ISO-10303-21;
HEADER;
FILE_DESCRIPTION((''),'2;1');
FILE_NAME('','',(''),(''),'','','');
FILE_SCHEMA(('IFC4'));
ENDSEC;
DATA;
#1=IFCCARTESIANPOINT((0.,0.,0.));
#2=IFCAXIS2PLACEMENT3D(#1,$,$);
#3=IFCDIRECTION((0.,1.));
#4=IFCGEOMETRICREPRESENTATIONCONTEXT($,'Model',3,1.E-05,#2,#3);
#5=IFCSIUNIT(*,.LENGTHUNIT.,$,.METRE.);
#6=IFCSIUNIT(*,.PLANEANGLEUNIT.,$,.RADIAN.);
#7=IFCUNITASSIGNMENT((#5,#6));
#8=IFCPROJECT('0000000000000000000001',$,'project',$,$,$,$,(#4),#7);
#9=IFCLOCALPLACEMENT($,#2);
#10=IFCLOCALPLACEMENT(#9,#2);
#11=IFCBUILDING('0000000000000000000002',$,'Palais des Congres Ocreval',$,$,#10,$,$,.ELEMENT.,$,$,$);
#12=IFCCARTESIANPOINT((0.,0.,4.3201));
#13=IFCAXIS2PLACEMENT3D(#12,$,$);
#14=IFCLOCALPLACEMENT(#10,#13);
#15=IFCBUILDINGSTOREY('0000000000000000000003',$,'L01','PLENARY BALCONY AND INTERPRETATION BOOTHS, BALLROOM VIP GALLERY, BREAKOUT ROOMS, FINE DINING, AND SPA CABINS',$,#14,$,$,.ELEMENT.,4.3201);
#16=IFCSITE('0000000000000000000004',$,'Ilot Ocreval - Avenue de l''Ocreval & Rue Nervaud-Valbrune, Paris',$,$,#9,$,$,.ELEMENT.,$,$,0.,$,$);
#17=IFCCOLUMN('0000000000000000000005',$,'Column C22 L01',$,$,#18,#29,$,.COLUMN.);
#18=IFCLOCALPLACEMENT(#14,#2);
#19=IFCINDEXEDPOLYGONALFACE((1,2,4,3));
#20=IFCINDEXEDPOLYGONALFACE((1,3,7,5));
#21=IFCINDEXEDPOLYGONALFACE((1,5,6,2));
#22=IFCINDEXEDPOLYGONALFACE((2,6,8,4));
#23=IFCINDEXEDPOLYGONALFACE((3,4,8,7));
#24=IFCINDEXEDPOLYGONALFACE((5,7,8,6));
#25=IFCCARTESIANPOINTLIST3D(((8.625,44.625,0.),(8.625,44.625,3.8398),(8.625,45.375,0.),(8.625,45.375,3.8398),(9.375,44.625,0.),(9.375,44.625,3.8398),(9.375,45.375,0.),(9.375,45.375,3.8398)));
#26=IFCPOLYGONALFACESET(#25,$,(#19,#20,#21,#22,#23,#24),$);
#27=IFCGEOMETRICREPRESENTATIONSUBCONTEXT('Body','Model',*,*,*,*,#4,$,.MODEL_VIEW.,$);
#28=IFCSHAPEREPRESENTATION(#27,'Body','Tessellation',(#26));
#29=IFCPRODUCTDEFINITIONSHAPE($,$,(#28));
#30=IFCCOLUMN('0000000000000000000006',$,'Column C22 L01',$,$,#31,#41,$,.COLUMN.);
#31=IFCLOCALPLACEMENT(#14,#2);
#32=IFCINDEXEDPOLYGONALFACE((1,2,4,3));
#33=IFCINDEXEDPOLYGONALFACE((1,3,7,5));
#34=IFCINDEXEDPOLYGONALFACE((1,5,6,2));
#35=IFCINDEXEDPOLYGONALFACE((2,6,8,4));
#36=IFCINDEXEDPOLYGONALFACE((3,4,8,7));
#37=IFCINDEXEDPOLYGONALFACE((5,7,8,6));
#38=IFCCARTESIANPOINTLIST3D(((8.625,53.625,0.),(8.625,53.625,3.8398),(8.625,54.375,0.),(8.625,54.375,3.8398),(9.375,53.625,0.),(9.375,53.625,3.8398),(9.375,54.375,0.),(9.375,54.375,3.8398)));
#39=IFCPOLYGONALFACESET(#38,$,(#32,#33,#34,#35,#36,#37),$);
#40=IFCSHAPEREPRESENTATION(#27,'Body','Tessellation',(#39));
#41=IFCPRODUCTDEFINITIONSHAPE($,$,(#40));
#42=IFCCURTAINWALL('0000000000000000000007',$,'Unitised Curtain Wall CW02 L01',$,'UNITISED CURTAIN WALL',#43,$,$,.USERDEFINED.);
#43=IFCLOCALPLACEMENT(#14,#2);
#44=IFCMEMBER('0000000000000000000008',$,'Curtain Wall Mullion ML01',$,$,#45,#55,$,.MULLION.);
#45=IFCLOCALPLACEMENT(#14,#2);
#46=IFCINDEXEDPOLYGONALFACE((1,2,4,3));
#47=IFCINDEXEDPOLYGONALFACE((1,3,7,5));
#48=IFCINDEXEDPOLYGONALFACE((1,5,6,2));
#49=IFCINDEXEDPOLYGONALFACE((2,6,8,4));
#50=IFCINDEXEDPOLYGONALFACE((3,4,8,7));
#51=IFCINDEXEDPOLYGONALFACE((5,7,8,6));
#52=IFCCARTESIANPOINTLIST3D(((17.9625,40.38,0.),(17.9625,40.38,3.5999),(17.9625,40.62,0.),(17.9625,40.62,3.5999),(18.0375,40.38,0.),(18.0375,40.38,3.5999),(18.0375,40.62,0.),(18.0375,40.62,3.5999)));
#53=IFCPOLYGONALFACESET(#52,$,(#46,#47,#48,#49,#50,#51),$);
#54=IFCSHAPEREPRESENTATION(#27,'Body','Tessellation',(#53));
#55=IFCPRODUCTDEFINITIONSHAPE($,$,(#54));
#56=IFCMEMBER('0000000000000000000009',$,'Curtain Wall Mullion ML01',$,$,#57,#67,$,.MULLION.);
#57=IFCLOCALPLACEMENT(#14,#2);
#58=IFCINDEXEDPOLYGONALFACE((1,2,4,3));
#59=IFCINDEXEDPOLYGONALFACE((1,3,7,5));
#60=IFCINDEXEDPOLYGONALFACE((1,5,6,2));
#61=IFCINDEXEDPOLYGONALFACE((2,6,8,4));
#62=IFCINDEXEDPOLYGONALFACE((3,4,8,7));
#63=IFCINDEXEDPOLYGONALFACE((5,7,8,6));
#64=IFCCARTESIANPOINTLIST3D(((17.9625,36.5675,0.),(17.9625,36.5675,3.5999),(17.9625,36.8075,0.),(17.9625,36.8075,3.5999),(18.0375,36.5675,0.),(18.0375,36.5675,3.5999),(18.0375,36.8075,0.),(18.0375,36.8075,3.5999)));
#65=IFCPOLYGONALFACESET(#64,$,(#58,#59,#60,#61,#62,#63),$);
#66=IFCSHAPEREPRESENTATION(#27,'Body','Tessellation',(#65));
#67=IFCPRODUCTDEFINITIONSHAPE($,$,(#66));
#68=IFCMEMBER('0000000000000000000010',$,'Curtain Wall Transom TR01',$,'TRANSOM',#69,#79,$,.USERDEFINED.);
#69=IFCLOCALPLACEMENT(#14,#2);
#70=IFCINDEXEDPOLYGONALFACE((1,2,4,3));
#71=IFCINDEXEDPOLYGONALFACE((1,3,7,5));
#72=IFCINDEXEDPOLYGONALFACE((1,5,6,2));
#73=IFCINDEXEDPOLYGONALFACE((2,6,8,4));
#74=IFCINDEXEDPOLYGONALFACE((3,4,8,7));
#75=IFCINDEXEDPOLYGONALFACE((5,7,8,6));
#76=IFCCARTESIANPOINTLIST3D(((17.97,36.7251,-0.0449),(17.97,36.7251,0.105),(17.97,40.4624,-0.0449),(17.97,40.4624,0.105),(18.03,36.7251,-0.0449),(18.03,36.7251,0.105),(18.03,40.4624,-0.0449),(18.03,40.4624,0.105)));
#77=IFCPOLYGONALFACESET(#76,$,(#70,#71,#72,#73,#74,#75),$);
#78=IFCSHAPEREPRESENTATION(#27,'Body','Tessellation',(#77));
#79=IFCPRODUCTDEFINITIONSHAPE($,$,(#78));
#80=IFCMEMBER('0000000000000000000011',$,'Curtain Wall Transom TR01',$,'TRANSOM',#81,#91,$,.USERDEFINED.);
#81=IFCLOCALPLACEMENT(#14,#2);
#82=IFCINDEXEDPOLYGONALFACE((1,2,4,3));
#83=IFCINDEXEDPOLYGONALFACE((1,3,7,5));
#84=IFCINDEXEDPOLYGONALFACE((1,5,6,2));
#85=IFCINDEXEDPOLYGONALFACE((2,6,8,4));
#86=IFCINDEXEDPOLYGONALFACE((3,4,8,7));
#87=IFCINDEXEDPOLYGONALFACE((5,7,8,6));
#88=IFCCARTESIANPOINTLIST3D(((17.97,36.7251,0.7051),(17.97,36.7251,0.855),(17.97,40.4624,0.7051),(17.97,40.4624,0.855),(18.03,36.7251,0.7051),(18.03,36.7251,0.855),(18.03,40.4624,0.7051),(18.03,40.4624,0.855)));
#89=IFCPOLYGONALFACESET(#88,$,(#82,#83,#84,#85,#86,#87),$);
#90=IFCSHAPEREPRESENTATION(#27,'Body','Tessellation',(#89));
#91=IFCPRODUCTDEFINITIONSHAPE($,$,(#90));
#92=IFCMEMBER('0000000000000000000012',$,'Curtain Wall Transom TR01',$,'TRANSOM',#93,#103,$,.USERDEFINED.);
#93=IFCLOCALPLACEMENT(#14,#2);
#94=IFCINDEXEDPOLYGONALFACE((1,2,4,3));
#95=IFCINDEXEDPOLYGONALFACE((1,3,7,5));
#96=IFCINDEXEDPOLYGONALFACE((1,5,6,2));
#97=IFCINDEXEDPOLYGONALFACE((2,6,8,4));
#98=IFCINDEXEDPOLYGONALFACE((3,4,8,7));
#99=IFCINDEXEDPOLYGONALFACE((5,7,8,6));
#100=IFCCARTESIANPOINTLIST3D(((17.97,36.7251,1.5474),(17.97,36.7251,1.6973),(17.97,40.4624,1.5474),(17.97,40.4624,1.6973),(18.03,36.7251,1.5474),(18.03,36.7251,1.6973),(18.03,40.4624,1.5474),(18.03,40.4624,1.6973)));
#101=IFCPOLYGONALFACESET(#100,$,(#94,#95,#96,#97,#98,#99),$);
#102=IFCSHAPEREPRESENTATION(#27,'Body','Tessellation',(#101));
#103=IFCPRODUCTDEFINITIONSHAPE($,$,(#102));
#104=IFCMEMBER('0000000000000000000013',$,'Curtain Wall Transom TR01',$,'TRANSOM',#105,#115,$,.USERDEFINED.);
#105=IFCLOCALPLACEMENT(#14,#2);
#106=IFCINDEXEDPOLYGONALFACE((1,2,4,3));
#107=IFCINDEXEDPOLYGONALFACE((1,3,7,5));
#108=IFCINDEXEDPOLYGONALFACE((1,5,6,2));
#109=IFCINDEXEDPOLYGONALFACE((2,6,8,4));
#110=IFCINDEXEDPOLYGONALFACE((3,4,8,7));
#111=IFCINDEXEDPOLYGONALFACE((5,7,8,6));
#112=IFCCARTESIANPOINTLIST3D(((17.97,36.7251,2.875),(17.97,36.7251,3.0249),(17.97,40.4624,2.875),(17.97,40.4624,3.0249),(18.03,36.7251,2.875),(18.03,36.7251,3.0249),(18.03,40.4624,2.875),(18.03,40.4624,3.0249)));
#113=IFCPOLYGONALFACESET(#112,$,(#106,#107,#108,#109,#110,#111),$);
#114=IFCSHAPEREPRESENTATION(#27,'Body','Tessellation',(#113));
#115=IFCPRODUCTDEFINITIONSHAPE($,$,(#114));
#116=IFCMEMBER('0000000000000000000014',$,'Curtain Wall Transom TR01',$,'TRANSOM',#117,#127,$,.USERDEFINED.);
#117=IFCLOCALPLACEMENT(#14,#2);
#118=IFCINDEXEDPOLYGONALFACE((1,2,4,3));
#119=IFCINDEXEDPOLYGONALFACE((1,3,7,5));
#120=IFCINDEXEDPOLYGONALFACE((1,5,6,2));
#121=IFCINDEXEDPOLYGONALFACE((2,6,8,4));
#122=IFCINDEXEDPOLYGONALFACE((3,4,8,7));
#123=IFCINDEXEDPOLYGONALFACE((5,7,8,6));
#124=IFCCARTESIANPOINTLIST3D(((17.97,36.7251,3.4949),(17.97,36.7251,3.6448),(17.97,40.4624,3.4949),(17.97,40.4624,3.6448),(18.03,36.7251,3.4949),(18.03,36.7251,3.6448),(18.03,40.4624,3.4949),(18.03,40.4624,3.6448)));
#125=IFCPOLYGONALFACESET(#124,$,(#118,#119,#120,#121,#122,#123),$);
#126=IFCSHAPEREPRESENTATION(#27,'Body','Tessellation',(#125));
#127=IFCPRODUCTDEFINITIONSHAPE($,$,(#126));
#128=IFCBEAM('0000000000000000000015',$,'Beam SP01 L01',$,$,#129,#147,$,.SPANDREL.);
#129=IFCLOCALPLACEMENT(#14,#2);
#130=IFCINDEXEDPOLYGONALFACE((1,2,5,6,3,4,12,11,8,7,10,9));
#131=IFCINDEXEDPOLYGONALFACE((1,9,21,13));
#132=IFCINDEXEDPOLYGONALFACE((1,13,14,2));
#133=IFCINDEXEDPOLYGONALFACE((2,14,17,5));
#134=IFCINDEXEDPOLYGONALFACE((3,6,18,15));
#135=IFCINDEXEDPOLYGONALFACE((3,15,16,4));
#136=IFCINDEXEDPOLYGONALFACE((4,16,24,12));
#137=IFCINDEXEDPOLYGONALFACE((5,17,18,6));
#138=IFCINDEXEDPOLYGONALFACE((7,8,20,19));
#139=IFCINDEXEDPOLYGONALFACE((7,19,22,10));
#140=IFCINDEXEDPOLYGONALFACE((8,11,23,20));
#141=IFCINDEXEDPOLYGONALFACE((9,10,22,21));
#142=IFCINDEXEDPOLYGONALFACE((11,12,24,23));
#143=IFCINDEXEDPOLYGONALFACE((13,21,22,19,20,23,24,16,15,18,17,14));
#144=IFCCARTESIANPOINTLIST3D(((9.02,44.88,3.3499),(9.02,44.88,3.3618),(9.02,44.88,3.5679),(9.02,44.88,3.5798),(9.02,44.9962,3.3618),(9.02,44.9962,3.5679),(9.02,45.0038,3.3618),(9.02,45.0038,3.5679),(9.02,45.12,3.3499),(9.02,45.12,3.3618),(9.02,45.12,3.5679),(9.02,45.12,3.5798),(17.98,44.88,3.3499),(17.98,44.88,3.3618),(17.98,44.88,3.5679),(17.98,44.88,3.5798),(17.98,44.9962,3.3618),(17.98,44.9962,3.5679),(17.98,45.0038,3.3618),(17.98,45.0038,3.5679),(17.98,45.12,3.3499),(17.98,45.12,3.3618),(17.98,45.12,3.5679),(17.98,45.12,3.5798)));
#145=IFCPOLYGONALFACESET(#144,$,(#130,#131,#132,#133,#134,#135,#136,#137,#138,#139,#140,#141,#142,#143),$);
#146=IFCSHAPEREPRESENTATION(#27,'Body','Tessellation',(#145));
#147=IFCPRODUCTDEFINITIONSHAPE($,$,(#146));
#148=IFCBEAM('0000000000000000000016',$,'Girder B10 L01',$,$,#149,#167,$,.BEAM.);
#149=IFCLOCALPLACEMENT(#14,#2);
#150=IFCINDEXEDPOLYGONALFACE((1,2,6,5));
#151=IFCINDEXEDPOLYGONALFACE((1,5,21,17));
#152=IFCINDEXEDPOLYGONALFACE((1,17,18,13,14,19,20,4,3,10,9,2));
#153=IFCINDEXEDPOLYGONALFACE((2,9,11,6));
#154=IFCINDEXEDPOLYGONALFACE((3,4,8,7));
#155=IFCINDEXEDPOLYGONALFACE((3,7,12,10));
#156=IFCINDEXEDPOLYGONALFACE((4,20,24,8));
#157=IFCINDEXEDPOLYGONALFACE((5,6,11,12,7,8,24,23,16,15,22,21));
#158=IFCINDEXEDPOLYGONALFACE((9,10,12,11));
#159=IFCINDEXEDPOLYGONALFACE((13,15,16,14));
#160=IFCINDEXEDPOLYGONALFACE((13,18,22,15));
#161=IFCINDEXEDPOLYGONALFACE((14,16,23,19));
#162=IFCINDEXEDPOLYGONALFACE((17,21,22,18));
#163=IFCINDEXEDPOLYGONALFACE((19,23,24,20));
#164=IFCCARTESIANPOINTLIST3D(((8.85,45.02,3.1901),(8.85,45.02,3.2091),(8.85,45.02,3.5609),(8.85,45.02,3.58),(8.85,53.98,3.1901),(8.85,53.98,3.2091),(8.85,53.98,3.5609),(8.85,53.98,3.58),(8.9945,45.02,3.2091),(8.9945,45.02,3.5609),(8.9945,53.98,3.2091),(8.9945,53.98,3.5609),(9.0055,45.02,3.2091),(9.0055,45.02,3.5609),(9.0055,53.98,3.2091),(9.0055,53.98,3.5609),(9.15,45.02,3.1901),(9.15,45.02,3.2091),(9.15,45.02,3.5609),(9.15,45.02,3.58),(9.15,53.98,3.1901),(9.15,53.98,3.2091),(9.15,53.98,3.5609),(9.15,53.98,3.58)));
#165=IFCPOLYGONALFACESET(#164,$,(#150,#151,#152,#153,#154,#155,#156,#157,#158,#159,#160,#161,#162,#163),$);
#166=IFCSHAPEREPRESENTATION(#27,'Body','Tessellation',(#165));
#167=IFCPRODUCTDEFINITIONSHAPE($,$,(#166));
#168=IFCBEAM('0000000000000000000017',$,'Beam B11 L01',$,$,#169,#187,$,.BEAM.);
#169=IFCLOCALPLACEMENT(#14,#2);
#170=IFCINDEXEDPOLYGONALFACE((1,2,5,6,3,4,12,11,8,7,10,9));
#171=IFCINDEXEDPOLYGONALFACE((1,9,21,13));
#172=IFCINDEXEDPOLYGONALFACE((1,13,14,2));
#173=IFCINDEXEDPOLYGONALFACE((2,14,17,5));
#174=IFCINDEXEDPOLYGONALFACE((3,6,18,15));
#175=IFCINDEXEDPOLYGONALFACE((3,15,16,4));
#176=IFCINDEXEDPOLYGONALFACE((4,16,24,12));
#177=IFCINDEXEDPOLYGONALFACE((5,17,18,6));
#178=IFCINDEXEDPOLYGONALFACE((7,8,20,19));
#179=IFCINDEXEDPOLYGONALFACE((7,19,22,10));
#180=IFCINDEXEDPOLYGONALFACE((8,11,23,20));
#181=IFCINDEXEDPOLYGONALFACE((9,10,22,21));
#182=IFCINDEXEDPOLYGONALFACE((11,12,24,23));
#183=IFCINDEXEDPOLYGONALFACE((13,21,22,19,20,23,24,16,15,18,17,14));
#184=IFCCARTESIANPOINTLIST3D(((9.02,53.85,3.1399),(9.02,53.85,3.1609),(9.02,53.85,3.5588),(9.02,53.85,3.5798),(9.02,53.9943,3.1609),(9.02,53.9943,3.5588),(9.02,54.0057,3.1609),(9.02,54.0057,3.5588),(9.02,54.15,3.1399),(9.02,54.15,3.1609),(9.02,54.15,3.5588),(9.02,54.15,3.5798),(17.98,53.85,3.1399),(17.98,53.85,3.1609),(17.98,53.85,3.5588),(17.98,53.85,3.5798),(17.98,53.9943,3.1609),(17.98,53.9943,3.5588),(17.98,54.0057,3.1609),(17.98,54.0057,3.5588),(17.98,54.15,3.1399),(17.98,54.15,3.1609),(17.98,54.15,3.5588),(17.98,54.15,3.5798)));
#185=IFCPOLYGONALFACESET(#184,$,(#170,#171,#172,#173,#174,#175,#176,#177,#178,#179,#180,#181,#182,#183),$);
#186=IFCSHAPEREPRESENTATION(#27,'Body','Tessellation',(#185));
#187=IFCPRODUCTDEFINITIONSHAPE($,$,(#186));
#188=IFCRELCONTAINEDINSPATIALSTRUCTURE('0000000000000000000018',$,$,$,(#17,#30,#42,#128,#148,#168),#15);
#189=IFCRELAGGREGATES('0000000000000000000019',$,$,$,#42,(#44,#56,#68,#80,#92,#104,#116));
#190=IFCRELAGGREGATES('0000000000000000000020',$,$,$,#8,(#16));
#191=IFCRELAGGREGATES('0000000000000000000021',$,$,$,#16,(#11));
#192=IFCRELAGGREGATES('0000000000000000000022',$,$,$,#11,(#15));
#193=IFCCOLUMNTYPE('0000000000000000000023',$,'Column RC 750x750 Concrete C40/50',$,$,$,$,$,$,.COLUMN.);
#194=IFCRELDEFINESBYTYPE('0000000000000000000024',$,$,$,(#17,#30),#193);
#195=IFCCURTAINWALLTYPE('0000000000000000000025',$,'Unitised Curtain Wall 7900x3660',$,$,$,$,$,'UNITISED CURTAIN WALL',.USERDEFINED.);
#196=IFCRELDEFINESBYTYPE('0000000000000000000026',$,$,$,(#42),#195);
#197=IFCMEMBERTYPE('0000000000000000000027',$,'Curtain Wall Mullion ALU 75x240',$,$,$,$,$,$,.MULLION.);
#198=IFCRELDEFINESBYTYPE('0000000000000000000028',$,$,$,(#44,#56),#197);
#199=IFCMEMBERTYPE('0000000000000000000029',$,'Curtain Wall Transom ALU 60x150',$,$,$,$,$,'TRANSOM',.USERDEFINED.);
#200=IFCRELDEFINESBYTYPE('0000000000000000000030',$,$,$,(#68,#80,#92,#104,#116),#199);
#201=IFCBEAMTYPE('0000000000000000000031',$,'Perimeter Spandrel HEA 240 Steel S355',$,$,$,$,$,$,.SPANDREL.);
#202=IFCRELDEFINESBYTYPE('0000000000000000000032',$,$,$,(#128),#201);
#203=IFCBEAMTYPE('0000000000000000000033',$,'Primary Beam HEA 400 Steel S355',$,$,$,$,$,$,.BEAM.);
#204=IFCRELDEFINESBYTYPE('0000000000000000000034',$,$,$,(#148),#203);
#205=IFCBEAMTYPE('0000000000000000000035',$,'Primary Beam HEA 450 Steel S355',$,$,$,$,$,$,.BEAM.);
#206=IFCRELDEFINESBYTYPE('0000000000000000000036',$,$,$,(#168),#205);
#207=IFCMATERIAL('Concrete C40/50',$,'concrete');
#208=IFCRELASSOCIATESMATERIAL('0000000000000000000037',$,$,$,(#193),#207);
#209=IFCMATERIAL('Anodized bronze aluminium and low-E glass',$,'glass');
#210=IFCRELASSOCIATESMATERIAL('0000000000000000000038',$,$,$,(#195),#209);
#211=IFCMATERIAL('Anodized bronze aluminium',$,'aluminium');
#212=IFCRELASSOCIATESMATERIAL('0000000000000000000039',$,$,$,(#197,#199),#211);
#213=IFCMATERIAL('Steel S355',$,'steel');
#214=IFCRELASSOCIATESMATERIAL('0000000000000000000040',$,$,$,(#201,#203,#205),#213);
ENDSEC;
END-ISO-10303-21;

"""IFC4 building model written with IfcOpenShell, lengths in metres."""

from ifc_helpers import new_model, si_unit, direction, frame, origin, origin_2d, place, context, subcontext, project, spatial, rectangle, i_section, extrude, material, material_profile, profile_set, type_object, element, aggregate, save


model = new_model("IFC4")

# Units and contexts
model_context = context("Model", 3, precision=1e-05, world=origin(), true_north=direction((0.0, 1.0)))
body_context = subcontext(model_context, "Body", "Model", "MODEL_VIEW")
ifc_project = project(units=[si_unit("LENGTHUNIT", "METRE"), si_unit("PLANEANGLEUNIT", "RADIAN")], contexts=[model_context])

# Site, building, storey
site_placement = place(None, origin())
site = spatial("IfcSite", under=ifc_project, at=site_placement, Name="Ilot Ocreval - Avenue de l'Ocreval & Rue Nervaud-Valbrune, Paris", CompositionType="ELEMENT", RefElevation=0.0)
building_placement = place(site_placement, origin())
building = spatial("IfcBuilding", under=site, at=building_placement, Name="Palais des Congres Ocreval", CompositionType="ELEMENT")
storey_placement = place(building_placement, frame((0.0, 0.0, 4.3201)))
storey = spatial("IfcBuildingStorey", under=building, at=storey_placement, Name="L01", Description="PLENARY BALCONY AND INTERPRETATION BOOTHS, BALLROOM VIP GALLERY, BREAKOUT ROOMS, FINE DINING, AND SPA CABINS", CompositionType="ELEMENT", Elevation=4.3201)

# Columns
ifc_material_1 = material(Name="Concrete C40/50", Category="concrete")
ifc_material_profile_1 = material_profile(ifc_material_1, rectangle(XDim=0.75, YDim=0.75, at=origin_2d()), Name="RC 750x750")
ifc_profile_set_1 = profile_set([ifc_material_profile_1], Name="Concrete C40/50")
column_type = type_object("IfcColumnType", Name="Column RC 750x750 Concrete C40/50", PredefinedType="COLUMN", material=ifc_profile_set_1)
for number, where, z_axis, x_axis, name in (
    (1, (9.0, 45.0, 0.0), (0.0, 0.0, 1.0), (1.0, 0.0, 0.0), "Column C22 L01"),
    (2, (9.0, 54.0, 0.0), (0.0, 0.0, 1.0), (1.0, 0.0, 0.0), "Column C22 L01"),
):
    element("IfcColumn", number, at=place(storey_placement, frame(where, z_axis=z_axis, x_axis=x_axis)), inside=storey, type_object=column_type, Name=name, PredefinedType="COLUMN", context=body_context, shape_type="SweptSolid", body=[
        extrude(rectangle(XDim=0.75, YDim=0.75, at=origin_2d()), origin(), (0.0, 0.0, 1.0), 3.8398),
    ])

# Curtain wall, members
ifc_material_2 = material(Name="Anodized bronze aluminium and low-E glass", Category="glass")
curtain_wall_type = type_object("IfcCurtainWallType", Name="Unitised Curtain Wall 7900x3660", ElementType="UNITISED CURTAIN WALL", PredefinedType="USERDEFINED", material=ifc_material_2)
curtain_wall_placement = place(storey_placement, origin())
curtain_wall = element("IfcCurtainWall", 3, at=curtain_wall_placement, inside=storey, type_object=curtain_wall_type, Name="Unitised Curtain Wall CW02 L01", ObjectType="UNITISED CURTAIN WALL", PredefinedType="USERDEFINED")
ifc_material_3 = material(Name="Anodized bronze aluminium", Category="aluminium")
ifc_material_profile_2 = material_profile(ifc_material_3, rectangle(XDim=0.075, YDim=0.24, at=origin_2d()), Name="ALU 75x240")
ifc_profile_set_2 = profile_set([ifc_material_profile_2], Name="Anodized bronze aluminium")
member_type_1 = type_object("IfcMemberType", Name="Curtain Wall Mullion ALU 75x240", PredefinedType="MULLION", material=ifc_profile_set_2)
member_1_placement = place(storey_placement, frame((18.0, 40.5, 0.0), z_axis=(0.0, 0.0, 1.0), x_axis=(1.0, 0.0, 0.0)))
member_1 = element("IfcMember", 4, at=member_1_placement, type_object=member_type_1, Name="Curtain Wall Mullion ML01", PredefinedType="MULLION", context=body_context, shape_type="SweptSolid", body=[
    extrude(rectangle(XDim=0.075, YDim=0.24, at=origin_2d()), origin(), (0.0, 0.0, 1.0), 3.5999),
])
member_2_placement = place(storey_placement, frame((18.0, 36.6875, 0.0), z_axis=(0.0, 0.0, 1.0), x_axis=(1.0, 0.0, 0.0)))
member_2 = element("IfcMember", 5, at=member_2_placement, type_object=member_type_1, Name="Curtain Wall Mullion ML01", PredefinedType="MULLION", context=body_context, shape_type="SweptSolid", body=[
    extrude(rectangle(XDim=0.075, YDim=0.24, at=origin_2d()), origin(), (0.0, 0.0, 1.0), 3.5999),
])
ifc_material_profile_3 = material_profile(ifc_material_3, rectangle(XDim=0.0601, YDim=0.1499, at=origin_2d()), Name="ALU 60x150")
ifc_profile_set_3 = profile_set([ifc_material_profile_3], Name="Anodized bronze aluminium")
member_type_2 = type_object("IfcMemberType", Name="Curtain Wall Transom ALU 60x150", ElementType="TRANSOM", PredefinedType="USERDEFINED", material=ifc_profile_set_3)
member_3_placement = place(storey_placement, frame((18.0, 40.4624, 0.03), z_axis=(0.0, -1.0, 0.0), x_axis=(1.0, 0.0, 0.0)))
member_3 = element("IfcMember", 6, at=member_3_placement, type_object=member_type_2, Name="Curtain Wall Transom TR01", ObjectType="TRANSOM", PredefinedType="USERDEFINED", context=body_context, shape_type="SweptSolid", body=[
    extrude(rectangle(XDim=0.0601, YDim=0.1499, at=origin_2d()), origin(), (0.0, 0.0, 1.0), 3.7373),
])
member_4_placement = place(storey_placement, frame((18.0, 40.4624, 0.78), z_axis=(0.0, -1.0, 0.0), x_axis=(1.0, 0.0, 0.0)))
member_4 = element("IfcMember", 7, at=member_4_placement, type_object=member_type_2, Name="Curtain Wall Transom TR01", ObjectType="TRANSOM", PredefinedType="USERDEFINED", context=body_context, shape_type="SweptSolid", body=[
    extrude(rectangle(XDim=0.0601, YDim=0.1499, at=origin_2d()), origin(), (0.0, 0.0, 1.0), 3.7373),
])
member_5_placement = place(storey_placement, frame((18.0, 40.4624, 1.6223), z_axis=(0.0, -1.0, 0.0), x_axis=(1.0, 0.0, 0.0)))
member_5 = element("IfcMember", 8, at=member_5_placement, type_object=member_type_2, Name="Curtain Wall Transom TR01", ObjectType="TRANSOM", PredefinedType="USERDEFINED", context=body_context, shape_type="SweptSolid", body=[
    extrude(rectangle(XDim=0.0601, YDim=0.1499, at=origin_2d()), origin(), (0.0, 0.0, 1.0), 3.7373),
])
member_6_placement = place(storey_placement, frame((18.0, 40.4624, 2.95), z_axis=(0.0, -1.0, 0.0), x_axis=(1.0, 0.0, 0.0)))
member_6 = element("IfcMember", 9, at=member_6_placement, type_object=member_type_2, Name="Curtain Wall Transom TR01", ObjectType="TRANSOM", PredefinedType="USERDEFINED", context=body_context, shape_type="SweptSolid", body=[
    extrude(rectangle(XDim=0.0601, YDim=0.1499, at=origin_2d()), origin(), (0.0, 0.0, 1.0), 3.7373),
])
member_7_placement = place(storey_placement, frame((18.0, 40.4624, 3.5698), z_axis=(0.0, -1.0, 0.0), x_axis=(1.0, 0.0, 0.0)))
member_7 = element("IfcMember", 10, at=member_7_placement, type_object=member_type_2, Name="Curtain Wall Transom TR01", ObjectType="TRANSOM", PredefinedType="USERDEFINED", context=body_context, shape_type="SweptSolid", body=[
    extrude(rectangle(XDim=0.0601, YDim=0.1499, at=origin_2d()), origin(), (0.0, 0.0, 1.0), 3.7373),
])

# Beams
ifc_material_4 = material(Name="Steel S355", Category="steel")
ifc_material_profile_4 = material_profile(ifc_material_4, i_section(OverallWidth=0.24, OverallDepth=0.23, WebThickness=0.0076, FlangeThickness=0.012, at=origin_2d()), Name="HEA 240")
ifc_profile_set_4 = profile_set([ifc_material_profile_4], Name="Steel S355")
beam_type_1 = type_object("IfcBeamType", Name="Perimeter Spandrel HEA 240 Steel S355", PredefinedType="SPANDREL", material=ifc_profile_set_4)
beam_1_placement = place(storey_placement, frame((9.02, 45.0, 3.4648), z_axis=(1.0, 0.0, 0.0), x_axis=(0.0, 1.0, 0.0)))
element("IfcBeam", 11, at=beam_1_placement, inside=storey, type_object=beam_type_1, Name="Beam SP01 L01", PredefinedType="SPANDREL", context=body_context, shape_type="SweptSolid", body=[
    extrude(i_section(OverallWidth=0.24, OverallDepth=0.23, WebThickness=0.0076, FlangeThickness=0.012, at=origin_2d()), origin(), (0.0, 0.0, 1.0), 8.96),
])
ifc_material_profile_5 = material_profile(ifc_material_4, i_section(OverallWidth=0.3, OverallDepth=0.3899, WebThickness=0.011, FlangeThickness=0.019, at=origin_2d()), Name="HEA 400")
ifc_profile_set_5 = profile_set([ifc_material_profile_5], Name="Steel S355")
beam_type_2 = type_object("IfcBeamType", Name="Primary Beam HEA 400 Steel S355", PredefinedType="BEAM", material=ifc_profile_set_5)
beam_2_placement = place(storey_placement, frame((9.0, 45.02, 3.385), z_axis=(0.0, 1.0, 0.0), x_axis=(-1.0, 0.0, 0.0)))
element("IfcBeam", 12, at=beam_2_placement, inside=storey, type_object=beam_type_2, Name="Girder B10 L01", PredefinedType="BEAM", context=body_context, shape_type="SweptSolid", body=[
    extrude(i_section(OverallWidth=0.3, OverallDepth=0.3899, WebThickness=0.011, FlangeThickness=0.019, at=origin_2d()), origin(), (0.0, 0.0, 1.0), 8.96),
])
ifc_material_profile_6 = material_profile(ifc_material_4, i_section(OverallWidth=0.3, OverallDepth=0.4399, WebThickness=0.0115, FlangeThickness=0.021, at=origin_2d()), Name="HEA 450")
ifc_profile_set_6 = profile_set([ifc_material_profile_6], Name="Steel S355")
beam_type_3 = type_object("IfcBeamType", Name="Primary Beam HEA 450 Steel S355", PredefinedType="BEAM", material=ifc_profile_set_6)
for number, where, z_axis, x_axis, name in (
    (13, (9.02, 54.0, 3.3599), (1.0, 0.0, 0.0), (0.0, 1.0, 0.0), "Beam B11 L01"),
):
    element("IfcBeam", number, at=place(storey_placement, frame(where, z_axis=z_axis, x_axis=x_axis)), inside=storey, type_object=beam_type_3, Name=name, PredefinedType="BEAM", context=body_context, shape_type="SweptSolid", body=[
        extrude(i_section(OverallWidth=0.3, OverallDepth=0.4399, WebThickness=0.0115, FlangeThickness=0.021, at=origin_2d()), origin(), (0.0, 0.0, 1.0), 8.96),
    ])

aggregate(curtain_wall, [member_1, member_2, member_3, member_4, member_5, member_6, member_7])

save(model, "model.ifc")
